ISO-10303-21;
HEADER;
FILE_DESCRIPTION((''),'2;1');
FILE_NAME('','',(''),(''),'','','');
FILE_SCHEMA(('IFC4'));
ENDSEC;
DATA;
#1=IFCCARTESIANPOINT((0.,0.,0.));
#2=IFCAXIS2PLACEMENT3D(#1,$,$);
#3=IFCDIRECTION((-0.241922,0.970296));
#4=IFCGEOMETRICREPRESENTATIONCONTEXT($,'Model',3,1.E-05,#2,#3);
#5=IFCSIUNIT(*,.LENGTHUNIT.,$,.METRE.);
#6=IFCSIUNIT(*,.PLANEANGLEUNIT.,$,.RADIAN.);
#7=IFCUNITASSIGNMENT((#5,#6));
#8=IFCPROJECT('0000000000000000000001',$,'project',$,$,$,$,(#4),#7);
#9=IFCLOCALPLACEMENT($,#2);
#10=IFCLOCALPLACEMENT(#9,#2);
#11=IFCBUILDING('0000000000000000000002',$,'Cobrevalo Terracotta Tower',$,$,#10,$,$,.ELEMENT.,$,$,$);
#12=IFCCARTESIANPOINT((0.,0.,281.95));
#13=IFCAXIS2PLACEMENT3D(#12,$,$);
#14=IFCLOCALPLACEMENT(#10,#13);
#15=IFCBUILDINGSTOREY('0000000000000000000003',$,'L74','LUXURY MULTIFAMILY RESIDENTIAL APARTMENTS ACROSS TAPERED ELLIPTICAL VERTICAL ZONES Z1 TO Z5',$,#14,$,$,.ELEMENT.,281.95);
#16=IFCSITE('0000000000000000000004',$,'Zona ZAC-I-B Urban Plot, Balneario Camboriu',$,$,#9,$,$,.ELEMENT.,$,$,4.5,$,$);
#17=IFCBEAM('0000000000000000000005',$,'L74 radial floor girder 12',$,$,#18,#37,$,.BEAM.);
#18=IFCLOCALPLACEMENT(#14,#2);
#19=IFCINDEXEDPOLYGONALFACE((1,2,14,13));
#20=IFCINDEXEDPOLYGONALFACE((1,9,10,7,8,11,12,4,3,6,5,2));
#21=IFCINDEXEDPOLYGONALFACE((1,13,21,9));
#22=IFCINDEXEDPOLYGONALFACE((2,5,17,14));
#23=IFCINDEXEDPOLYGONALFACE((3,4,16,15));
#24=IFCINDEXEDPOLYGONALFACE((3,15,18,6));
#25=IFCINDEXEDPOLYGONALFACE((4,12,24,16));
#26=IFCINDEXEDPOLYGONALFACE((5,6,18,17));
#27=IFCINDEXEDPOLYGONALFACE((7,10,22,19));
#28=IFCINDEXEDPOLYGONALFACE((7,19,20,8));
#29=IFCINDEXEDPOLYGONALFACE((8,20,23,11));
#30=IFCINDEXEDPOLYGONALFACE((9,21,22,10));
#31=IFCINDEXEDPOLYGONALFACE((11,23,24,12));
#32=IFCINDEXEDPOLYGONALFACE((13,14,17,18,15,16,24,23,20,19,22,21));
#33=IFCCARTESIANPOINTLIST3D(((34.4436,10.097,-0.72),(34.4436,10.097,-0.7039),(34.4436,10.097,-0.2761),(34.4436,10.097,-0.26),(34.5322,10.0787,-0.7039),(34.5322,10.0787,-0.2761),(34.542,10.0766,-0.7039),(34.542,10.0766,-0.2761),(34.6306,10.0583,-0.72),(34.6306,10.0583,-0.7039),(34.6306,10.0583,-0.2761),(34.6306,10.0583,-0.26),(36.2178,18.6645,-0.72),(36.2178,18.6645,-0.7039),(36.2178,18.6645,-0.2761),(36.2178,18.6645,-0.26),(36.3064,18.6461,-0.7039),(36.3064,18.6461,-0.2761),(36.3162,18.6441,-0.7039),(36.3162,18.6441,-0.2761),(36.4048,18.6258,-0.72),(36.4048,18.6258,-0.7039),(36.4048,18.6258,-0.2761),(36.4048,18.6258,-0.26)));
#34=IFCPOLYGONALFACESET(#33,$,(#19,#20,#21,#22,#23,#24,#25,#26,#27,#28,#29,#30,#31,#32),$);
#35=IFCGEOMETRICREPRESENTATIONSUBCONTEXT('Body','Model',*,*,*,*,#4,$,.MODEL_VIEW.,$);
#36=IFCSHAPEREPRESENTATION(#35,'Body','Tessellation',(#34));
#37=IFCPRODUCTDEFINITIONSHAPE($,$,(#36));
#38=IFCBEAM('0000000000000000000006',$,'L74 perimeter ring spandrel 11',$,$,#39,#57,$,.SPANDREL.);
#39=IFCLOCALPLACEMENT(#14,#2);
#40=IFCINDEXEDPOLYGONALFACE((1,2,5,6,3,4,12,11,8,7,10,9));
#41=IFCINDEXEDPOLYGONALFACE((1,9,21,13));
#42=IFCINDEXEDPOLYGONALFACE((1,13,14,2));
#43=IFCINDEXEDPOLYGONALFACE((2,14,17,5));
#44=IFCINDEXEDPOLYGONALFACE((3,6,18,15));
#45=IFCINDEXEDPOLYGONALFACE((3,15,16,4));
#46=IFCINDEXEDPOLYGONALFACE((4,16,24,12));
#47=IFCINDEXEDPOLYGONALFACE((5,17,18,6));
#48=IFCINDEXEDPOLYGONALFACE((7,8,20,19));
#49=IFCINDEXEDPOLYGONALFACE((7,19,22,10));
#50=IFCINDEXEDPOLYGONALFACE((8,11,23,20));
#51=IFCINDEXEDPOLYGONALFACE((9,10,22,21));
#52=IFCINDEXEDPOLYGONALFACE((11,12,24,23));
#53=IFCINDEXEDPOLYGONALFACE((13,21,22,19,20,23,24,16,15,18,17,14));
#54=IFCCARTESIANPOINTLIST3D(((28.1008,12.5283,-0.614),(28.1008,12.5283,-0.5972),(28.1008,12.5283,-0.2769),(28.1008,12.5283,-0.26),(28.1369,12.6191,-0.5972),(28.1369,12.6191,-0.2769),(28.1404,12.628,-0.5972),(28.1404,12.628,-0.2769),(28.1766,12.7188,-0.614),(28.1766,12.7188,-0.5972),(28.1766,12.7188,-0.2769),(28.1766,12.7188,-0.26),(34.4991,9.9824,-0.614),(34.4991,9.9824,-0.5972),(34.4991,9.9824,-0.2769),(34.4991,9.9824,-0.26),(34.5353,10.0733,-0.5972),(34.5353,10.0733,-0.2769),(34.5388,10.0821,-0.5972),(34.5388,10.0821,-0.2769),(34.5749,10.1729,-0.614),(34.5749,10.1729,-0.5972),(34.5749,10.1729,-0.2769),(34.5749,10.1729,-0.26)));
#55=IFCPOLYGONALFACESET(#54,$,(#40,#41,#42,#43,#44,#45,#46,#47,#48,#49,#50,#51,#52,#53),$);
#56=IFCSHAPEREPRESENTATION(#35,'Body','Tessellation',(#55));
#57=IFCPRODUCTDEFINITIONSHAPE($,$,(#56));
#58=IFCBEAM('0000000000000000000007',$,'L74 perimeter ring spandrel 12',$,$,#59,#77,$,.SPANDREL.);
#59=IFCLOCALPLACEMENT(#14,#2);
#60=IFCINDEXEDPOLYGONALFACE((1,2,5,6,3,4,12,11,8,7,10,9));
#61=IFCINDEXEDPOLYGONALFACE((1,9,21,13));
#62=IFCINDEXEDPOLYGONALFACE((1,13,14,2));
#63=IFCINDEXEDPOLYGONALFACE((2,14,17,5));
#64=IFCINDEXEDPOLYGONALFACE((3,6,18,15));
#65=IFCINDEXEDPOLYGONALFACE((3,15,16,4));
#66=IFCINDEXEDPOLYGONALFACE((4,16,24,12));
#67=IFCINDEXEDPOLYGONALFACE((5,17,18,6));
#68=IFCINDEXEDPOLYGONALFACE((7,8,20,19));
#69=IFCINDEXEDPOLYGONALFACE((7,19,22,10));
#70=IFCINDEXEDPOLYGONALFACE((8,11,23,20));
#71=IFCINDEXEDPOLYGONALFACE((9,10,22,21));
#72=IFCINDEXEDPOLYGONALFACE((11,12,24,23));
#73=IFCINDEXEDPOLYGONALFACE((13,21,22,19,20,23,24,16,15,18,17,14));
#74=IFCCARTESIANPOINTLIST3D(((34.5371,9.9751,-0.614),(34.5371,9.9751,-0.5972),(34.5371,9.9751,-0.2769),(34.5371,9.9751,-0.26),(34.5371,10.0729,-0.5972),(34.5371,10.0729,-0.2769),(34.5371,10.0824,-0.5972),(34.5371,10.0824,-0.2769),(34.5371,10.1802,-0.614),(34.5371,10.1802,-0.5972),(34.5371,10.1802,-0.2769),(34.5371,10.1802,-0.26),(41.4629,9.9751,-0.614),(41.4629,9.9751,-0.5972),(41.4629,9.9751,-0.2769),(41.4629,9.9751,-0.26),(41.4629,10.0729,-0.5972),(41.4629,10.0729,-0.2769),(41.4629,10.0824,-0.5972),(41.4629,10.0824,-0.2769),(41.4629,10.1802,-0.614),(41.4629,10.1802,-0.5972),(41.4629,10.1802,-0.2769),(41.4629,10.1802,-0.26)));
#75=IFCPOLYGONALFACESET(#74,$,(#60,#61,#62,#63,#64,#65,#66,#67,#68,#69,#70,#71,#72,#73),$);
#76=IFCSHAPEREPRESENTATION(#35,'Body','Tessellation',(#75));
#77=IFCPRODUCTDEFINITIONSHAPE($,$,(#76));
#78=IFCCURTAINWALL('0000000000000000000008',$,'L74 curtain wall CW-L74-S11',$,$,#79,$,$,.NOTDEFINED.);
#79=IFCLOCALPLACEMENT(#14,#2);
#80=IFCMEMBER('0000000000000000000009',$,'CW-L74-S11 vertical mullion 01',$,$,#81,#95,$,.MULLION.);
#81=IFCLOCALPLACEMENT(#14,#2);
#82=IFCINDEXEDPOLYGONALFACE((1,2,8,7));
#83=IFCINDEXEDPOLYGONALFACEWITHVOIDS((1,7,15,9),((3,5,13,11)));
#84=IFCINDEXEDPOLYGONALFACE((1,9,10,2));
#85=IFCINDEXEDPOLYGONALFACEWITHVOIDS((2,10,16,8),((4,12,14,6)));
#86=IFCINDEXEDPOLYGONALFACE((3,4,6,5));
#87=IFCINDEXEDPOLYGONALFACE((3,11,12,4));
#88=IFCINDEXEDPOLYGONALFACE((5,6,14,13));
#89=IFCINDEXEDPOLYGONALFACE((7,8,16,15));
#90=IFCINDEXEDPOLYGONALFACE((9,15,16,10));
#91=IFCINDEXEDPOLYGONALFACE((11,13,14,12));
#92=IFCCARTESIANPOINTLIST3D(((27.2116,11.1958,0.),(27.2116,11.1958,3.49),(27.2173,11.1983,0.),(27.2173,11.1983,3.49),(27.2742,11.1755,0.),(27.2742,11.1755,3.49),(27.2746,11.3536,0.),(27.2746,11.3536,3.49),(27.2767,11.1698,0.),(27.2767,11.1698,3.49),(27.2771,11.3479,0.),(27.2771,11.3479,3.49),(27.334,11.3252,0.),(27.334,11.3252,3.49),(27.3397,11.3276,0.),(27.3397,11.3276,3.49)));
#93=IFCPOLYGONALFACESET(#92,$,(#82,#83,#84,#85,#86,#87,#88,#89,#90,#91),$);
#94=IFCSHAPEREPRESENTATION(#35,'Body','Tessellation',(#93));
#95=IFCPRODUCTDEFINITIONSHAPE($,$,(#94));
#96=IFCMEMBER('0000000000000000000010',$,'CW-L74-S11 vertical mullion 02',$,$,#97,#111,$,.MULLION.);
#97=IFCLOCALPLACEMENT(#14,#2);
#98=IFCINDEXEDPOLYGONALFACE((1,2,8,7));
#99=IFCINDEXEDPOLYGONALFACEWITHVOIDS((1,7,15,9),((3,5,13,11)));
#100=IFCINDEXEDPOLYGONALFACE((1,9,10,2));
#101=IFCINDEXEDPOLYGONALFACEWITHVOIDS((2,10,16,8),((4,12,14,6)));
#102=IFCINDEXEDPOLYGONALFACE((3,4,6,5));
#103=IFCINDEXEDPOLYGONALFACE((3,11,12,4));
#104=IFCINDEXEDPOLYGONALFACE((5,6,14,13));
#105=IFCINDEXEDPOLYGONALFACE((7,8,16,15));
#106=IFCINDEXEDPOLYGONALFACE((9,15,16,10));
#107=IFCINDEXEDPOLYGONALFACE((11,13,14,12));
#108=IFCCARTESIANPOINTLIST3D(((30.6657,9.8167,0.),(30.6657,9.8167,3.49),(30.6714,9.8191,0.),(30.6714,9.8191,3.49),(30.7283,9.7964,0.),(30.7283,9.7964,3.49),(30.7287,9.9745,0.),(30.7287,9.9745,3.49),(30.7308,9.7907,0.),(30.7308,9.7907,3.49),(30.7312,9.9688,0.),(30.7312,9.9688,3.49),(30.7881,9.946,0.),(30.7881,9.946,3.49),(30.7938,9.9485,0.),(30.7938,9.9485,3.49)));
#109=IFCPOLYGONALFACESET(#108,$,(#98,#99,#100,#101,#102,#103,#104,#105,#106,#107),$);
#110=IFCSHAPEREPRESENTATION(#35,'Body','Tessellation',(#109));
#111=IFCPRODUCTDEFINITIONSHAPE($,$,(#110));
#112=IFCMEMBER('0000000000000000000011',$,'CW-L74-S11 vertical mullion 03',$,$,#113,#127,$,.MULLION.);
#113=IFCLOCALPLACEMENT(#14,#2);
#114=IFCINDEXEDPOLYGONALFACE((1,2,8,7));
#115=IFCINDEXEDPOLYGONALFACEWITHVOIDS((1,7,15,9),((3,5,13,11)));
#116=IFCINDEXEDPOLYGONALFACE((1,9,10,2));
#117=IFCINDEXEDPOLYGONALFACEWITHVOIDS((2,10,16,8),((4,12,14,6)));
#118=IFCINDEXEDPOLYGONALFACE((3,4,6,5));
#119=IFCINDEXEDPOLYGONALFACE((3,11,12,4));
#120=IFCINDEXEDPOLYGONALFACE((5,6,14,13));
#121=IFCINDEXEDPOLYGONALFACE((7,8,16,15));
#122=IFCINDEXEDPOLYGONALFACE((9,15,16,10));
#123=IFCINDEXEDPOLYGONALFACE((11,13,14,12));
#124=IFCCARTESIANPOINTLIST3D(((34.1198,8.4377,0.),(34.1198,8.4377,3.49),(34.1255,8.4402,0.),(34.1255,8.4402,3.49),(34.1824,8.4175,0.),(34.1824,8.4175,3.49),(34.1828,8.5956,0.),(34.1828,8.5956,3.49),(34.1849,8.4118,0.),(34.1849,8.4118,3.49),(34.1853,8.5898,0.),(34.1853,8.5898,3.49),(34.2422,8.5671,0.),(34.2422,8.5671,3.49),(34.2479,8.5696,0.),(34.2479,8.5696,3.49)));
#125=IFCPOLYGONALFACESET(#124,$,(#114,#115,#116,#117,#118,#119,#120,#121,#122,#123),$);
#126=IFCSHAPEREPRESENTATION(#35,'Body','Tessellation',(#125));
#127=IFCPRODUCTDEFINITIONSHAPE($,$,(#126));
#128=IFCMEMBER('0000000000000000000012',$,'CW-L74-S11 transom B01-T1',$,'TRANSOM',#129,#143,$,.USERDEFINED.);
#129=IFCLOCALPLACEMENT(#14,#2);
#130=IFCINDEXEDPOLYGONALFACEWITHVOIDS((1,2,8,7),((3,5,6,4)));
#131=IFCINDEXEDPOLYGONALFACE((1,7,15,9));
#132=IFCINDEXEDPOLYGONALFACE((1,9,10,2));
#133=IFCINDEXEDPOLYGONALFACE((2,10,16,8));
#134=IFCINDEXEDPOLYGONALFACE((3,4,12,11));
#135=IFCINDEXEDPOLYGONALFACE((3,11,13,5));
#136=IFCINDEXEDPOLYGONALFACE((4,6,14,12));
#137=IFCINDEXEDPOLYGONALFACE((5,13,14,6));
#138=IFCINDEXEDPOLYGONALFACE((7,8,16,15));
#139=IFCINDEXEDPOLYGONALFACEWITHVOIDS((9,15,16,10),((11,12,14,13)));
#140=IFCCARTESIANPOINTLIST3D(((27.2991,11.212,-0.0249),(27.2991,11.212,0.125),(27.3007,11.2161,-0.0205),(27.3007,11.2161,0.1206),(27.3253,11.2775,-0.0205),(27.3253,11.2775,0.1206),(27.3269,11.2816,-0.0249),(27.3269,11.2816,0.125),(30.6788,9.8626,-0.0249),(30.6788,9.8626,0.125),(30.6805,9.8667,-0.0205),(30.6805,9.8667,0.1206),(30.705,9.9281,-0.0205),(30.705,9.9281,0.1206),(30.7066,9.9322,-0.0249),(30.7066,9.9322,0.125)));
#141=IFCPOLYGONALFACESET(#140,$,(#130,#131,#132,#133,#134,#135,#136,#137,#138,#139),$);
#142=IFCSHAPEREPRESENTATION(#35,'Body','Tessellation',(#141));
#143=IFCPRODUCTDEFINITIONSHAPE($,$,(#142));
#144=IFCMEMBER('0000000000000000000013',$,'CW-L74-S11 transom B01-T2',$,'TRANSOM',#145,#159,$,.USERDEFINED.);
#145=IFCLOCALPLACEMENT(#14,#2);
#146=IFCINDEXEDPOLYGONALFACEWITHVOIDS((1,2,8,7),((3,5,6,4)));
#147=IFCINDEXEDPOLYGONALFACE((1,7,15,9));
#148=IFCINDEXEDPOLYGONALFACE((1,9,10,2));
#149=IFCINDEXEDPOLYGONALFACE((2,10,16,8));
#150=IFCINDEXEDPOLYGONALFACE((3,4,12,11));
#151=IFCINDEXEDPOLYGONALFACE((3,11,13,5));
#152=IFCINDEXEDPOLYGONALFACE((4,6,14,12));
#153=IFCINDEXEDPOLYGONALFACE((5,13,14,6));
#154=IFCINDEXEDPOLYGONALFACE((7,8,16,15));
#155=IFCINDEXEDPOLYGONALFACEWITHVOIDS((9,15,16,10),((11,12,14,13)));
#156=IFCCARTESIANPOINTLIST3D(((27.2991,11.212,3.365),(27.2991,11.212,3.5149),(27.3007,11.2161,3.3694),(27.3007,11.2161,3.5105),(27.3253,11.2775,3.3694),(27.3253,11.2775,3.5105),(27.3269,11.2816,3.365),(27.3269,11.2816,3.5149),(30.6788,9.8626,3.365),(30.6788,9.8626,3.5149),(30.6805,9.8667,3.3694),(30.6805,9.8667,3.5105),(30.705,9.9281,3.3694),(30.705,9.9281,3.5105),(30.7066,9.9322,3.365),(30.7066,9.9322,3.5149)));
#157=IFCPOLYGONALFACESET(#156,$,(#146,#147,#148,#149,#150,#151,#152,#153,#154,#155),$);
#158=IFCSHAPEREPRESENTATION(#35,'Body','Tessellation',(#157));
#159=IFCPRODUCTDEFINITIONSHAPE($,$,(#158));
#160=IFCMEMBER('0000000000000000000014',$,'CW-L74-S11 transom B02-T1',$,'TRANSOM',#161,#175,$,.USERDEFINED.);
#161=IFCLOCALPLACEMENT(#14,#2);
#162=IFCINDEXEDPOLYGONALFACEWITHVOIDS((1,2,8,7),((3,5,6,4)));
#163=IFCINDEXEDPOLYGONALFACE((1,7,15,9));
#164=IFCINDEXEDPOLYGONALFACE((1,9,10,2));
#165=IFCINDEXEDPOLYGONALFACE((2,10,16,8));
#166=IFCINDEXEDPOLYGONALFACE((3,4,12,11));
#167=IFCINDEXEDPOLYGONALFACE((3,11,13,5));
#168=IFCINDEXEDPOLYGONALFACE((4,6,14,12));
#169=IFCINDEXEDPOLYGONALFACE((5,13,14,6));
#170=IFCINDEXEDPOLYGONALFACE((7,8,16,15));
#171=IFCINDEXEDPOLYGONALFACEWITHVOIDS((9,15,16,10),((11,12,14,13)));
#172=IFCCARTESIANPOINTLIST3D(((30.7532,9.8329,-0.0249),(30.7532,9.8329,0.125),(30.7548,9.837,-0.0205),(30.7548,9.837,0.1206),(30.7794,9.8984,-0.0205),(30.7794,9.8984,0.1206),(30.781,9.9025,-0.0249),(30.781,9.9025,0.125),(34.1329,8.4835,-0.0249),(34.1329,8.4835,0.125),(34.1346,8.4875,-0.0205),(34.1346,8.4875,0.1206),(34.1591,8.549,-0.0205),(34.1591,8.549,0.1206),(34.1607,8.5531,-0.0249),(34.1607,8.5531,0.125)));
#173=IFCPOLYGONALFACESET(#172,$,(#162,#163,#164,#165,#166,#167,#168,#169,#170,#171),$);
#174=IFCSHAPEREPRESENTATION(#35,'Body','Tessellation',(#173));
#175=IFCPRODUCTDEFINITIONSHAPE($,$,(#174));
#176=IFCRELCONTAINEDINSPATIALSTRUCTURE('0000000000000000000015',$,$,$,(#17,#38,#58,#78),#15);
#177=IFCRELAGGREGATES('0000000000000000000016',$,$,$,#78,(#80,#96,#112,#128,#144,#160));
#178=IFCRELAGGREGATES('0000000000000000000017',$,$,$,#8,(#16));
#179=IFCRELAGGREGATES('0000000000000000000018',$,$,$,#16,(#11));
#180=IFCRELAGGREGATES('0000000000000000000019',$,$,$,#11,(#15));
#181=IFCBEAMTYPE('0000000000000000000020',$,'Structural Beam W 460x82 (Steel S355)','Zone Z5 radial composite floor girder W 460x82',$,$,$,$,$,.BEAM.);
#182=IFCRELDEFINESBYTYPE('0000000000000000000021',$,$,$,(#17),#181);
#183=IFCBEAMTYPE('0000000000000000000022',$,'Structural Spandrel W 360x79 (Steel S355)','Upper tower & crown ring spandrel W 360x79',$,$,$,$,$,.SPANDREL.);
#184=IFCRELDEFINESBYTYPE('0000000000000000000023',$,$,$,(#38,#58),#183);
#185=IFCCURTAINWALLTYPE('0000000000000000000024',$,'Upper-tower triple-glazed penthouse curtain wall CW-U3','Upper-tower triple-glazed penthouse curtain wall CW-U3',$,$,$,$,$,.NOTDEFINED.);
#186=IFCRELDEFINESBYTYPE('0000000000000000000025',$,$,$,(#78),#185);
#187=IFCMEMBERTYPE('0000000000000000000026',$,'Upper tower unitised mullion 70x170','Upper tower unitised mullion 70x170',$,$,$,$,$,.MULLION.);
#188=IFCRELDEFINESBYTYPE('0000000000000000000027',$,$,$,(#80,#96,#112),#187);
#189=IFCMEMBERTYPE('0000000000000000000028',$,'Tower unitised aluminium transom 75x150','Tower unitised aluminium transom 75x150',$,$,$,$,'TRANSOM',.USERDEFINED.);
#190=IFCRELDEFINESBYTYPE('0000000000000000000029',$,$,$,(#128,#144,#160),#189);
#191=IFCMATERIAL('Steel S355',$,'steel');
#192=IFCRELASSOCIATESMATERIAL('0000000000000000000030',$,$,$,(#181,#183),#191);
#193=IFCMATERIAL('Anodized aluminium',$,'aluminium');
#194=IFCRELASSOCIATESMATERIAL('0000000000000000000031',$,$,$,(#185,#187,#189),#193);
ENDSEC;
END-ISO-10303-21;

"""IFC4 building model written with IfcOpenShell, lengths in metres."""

from ifc_helpers import new_model, si_unit, direction, frame, origin, origin_2d, place, context, subcontext, project, spatial, hollow_rectangle, i_section, extrude, source, transform, mapped, material, material_profile, profile_set, type_object, element, aggregate, save


model = new_model("IFC4")

# Units and contexts
model_context = context("Model", 3, precision=1e-05, world=origin(), true_north=direction((-0.241922, 0.970296)))
body_context = subcontext(model_context, "Body", "Model", "MODEL_VIEW")
ifc_project = project(units=[si_unit("LENGTHUNIT", "METRE"), si_unit("PLANEANGLEUNIT", "RADIAN")], contexts=[model_context])

# Site, building, storey
site_placement = place(None, origin())
site = spatial("IfcSite", under=ifc_project, at=site_placement, Name="Zona ZAC-I-B Urban Plot, Balneario Camboriu", CompositionType="ELEMENT", RefElevation=4.5)
building_placement = place(site_placement, origin())
building = spatial("IfcBuilding", under=site, at=building_placement, Name="Cobrevalo Terracotta Tower", CompositionType="ELEMENT")
storey_placement = place(building_placement, frame((0.0, 0.0, 281.95)))
storey = spatial("IfcBuildingStorey", under=building, at=storey_placement, Name="L74", Description="LUXURY MULTIFAMILY RESIDENTIAL APARTMENTS ACROSS TAPERED ELLIPTICAL VERTICAL ZONES Z1 TO Z5", CompositionType="ELEMENT", Elevation=281.95)

# Shared definitions
ifc_material_1 = material(Name="Steel S355", Category="steel")

# Beams
ifc_material_profile_1 = material_profile(ifc_material_1, i_section(OverallWidth=0.1909, OverallDepth=0.46, WebThickness=0.01, FlangeThickness=0.0161, at=origin_2d()), Name="W 460x82")
ifc_profile_set_1 = profile_set([ifc_material_profile_1], Name="Steel S355")
beam_type_1 = type_object("IfcBeamType", Name="Structural Beam W 460x82 (Steel S355)", Description="Zone Z5 radial composite floor girder W 460x82", PredefinedType="BEAM", material=ifc_profile_set_1)
beam_1_placement = place(storey_placement, frame((34.5371, 10.0776, -0.49), z_axis=(0.202782, 0.979224, 0.0), x_axis=(-0.979224, 0.202782, 0.0)))
element("IfcBeam", 1, at=beam_1_placement, inside=storey, type_object=beam_type_1, Name="L74 radial floor girder 12", PredefinedType="BEAM", context=body_context, shape_type="SweptSolid", body=[
    extrude(i_section(OverallWidth=0.1909, OverallDepth=0.46, WebThickness=0.01, FlangeThickness=0.0161, at=origin_2d()), origin(), (0.0, 0.0, 1.0), 8.7493),
])
ifc_material_profile_2 = material_profile(ifc_material_1, i_section(OverallWidth=0.2051, OverallDepth=0.354, WebThickness=0.0095, FlangeThickness=0.0168, at=origin_2d()), Name="W 360x79")
ifc_profile_set_2 = profile_set([ifc_material_profile_2], Name="Steel S355")
beam_type_2 = type_object("IfcBeamType", Name="Structural Spandrel W 360x79 (Steel S355)", Description="Upper tower & crown ring spandrel W 360x79", PredefinedType="SPANDREL", material=ifc_profile_set_2)
beam_2_placement = place(storey_placement, frame((28.1387, 12.6235, -0.437), z_axis=(0.92915, -0.369703, 0.0), x_axis=(0.369703, 0.92915, 0.0)))
element("IfcBeam", 2, at=beam_2_placement, inside=storey, type_object=beam_type_2, Name="L74 perimeter ring spandrel 11", PredefinedType="SPANDREL", context=body_context, shape_type="SweptSolid", body=[
    extrude(i_section(OverallWidth=0.2051, OverallDepth=0.354, WebThickness=0.0095, FlangeThickness=0.0168, at=origin_2d()), origin(), (0.0, 0.0, 1.0), 6.8862),
])
beam_3_placement = place(storey_placement, frame((34.5371, 10.0776, -0.437), z_axis=(1.0, 0.0, 0.0), x_axis=(0.0, 1.0, 0.0)))
element("IfcBeam", 3, at=beam_3_placement, inside=storey, type_object=beam_type_2, Name="L74 perimeter ring spandrel 12", PredefinedType="SPANDREL", context=body_context, shape_type="SweptSolid", body=[
    extrude(i_section(OverallWidth=0.2051, OverallDepth=0.354, WebThickness=0.0095, FlangeThickness=0.0168, at=origin_2d()), origin(), (0.0, 0.0, 1.0), 6.9258),
])

# Curtain wall, members
ifc_material_2 = material(Name="Anodized aluminium", Category="aluminium")
curtain_wall_type = type_object("IfcCurtainWallType", Name="Upper-tower triple-glazed penthouse curtain wall CW-U3", Description="Upper-tower triple-glazed penthouse curtain wall CW-U3", PredefinedType="NOTDEFINED", material=ifc_material_2)
curtain_wall_placement = place(storey_placement, origin())
curtain_wall = element("IfcCurtainWall", 4, at=curtain_wall_placement, inside=storey, type_object=curtain_wall_type, Name="L74 curtain wall CW-L74-S11", PredefinedType="NOTDEFINED")
ifc_material_profile_3 = material_profile(ifc_material_2, hollow_rectangle(XDim=0.0701, YDim=0.1699, WallThickness=0.0044, at=origin_2d()), Name="CWM 70x170")
ifc_profile_set_3 = profile_set([ifc_material_profile_3], Name="Anodized aluminium")
member_type_1 = type_object("IfcMemberType", Name="Upper tower unitised mullion 70x170", Description="Upper tower unitised mullion 70x170", PredefinedType="MULLION", material=ifc_profile_set_3)
shared_shape_1 = source(origin(), body_context, "Body", "SweptSolid", [
    extrude(hollow_rectangle(XDim=0.0701, YDim=0.1699, WallThickness=0.0044, at=origin_2d()), origin(), (0.0, 0.0, 1.0), 3.49),
])
member_1_placement = place(storey_placement, frame((27.2756, 11.2617, 0.0), z_axis=(0.0, 0.0, 1.0), x_axis=(0.928719, -0.370784, 0.0)))
member_1 = element("IfcMember", 5, at=member_1_placement, type_object=member_type_1, Name="CW-L74-S11 vertical mullion 01", PredefinedType="MULLION", context=body_context, shape_type="MappedRepresentation", body=[
    mapped(shared_shape_1, transform((0.0, 0.0, 0.0), scale=1.0)),
])
member_2_placement = place(storey_placement, frame((30.7297, 9.8826, 0.0), z_axis=(0.0, 0.0, 1.0), x_axis=(0.928719, -0.370784, 0.0)))
member_2 = element("IfcMember", 6, at=member_2_placement, type_object=member_type_1, Name="CW-L74-S11 vertical mullion 02", PredefinedType="MULLION", context=body_context, shape_type="MappedRepresentation", body=[
    mapped(shared_shape_1, transform((0.0, 0.0, 0.0), scale=1.0)),
])
member_3_placement = place(storey_placement, frame((34.1838, 8.5037, 0.0), z_axis=(0.0, 0.0, 1.0), x_axis=(0.928719, -0.370784, 0.0)))
member_3 = element("IfcMember", 7, at=member_3_placement, type_object=member_type_1, Name="CW-L74-S11 vertical mullion 03", PredefinedType="MULLION", context=body_context, shape_type="MappedRepresentation", body=[
    mapped(shared_shape_1, transform((0.0, 0.0, 0.0), scale=1.0)),
])
ifc_material_profile_4 = material_profile(ifc_material_2, hollow_rectangle(XDim=0.075, YDim=0.1499, WallThickness=0.0044, at=origin_2d()), Name="CWT 75x150")
ifc_profile_set_4 = profile_set([ifc_material_profile_4], Name="Anodized aluminium")
member_type_2 = type_object("IfcMemberType", Name="Tower unitised aluminium transom 75x150", Description="Tower unitised aluminium transom 75x150", ElementType="TRANSOM", PredefinedType="USERDEFINED", material=ifc_profile_set_4)
shared_shape_2 = source(origin(), body_context, "Body", "SweptSolid", [
    extrude(hollow_rectangle(XDim=0.075, YDim=0.1499, WallThickness=0.0044, at=origin_2d()), origin(), (0.0, 0.0, 1.0), 3.6392),
])
member_4_placement = place(storey_placement, frame((27.313, 11.2468, 0.05), z_axis=(0.928712, -0.370801, 0.0), x_axis=(0.370801, 0.928712, 0.0)))
member_4 = element("IfcMember", 8, at=member_4_placement, type_object=member_type_2, Name="CW-L74-S11 transom B01-T1", ObjectType="TRANSOM", PredefinedType="USERDEFINED", context=body_context, shape_type="MappedRepresentation", body=[
    mapped(shared_shape_2, transform((0.0, 0.0, 0.0), scale=1.0)),
])
member_5_placement = place(storey_placement, frame((27.313, 11.2468, 3.4399), z_axis=(0.928712, -0.370801, 0.0), x_axis=(0.370801, 0.928712, 0.0)))
member_5 = element("IfcMember", 9, at=member_5_placement, type_object=member_type_2, Name="CW-L74-S11 transom B01-T2", ObjectType="TRANSOM", PredefinedType="USERDEFINED", context=body_context, shape_type="MappedRepresentation", body=[
    mapped(shared_shape_2, transform((0.0, 0.0, 0.0), scale=1.0)),
])
member_6_placement = place(storey_placement, frame((30.7671, 9.8677, 0.05), z_axis=(0.928712, -0.370801, 0.0), x_axis=(0.370801, 0.928712, 0.0)))
member_6 = element("IfcMember", 10, at=member_6_placement, type_object=member_type_2, Name="CW-L74-S11 transom B02-T1", ObjectType="TRANSOM", PredefinedType="USERDEFINED", context=body_context, shape_type="MappedRepresentation", body=[
    mapped(shared_shape_2, transform((0.0, 0.0, 0.0), scale=1.0)),
])
aggregate(curtain_wall, [member_1, member_2, member_3, member_4, member_5, member_6])

save(model, "model.ifc")
